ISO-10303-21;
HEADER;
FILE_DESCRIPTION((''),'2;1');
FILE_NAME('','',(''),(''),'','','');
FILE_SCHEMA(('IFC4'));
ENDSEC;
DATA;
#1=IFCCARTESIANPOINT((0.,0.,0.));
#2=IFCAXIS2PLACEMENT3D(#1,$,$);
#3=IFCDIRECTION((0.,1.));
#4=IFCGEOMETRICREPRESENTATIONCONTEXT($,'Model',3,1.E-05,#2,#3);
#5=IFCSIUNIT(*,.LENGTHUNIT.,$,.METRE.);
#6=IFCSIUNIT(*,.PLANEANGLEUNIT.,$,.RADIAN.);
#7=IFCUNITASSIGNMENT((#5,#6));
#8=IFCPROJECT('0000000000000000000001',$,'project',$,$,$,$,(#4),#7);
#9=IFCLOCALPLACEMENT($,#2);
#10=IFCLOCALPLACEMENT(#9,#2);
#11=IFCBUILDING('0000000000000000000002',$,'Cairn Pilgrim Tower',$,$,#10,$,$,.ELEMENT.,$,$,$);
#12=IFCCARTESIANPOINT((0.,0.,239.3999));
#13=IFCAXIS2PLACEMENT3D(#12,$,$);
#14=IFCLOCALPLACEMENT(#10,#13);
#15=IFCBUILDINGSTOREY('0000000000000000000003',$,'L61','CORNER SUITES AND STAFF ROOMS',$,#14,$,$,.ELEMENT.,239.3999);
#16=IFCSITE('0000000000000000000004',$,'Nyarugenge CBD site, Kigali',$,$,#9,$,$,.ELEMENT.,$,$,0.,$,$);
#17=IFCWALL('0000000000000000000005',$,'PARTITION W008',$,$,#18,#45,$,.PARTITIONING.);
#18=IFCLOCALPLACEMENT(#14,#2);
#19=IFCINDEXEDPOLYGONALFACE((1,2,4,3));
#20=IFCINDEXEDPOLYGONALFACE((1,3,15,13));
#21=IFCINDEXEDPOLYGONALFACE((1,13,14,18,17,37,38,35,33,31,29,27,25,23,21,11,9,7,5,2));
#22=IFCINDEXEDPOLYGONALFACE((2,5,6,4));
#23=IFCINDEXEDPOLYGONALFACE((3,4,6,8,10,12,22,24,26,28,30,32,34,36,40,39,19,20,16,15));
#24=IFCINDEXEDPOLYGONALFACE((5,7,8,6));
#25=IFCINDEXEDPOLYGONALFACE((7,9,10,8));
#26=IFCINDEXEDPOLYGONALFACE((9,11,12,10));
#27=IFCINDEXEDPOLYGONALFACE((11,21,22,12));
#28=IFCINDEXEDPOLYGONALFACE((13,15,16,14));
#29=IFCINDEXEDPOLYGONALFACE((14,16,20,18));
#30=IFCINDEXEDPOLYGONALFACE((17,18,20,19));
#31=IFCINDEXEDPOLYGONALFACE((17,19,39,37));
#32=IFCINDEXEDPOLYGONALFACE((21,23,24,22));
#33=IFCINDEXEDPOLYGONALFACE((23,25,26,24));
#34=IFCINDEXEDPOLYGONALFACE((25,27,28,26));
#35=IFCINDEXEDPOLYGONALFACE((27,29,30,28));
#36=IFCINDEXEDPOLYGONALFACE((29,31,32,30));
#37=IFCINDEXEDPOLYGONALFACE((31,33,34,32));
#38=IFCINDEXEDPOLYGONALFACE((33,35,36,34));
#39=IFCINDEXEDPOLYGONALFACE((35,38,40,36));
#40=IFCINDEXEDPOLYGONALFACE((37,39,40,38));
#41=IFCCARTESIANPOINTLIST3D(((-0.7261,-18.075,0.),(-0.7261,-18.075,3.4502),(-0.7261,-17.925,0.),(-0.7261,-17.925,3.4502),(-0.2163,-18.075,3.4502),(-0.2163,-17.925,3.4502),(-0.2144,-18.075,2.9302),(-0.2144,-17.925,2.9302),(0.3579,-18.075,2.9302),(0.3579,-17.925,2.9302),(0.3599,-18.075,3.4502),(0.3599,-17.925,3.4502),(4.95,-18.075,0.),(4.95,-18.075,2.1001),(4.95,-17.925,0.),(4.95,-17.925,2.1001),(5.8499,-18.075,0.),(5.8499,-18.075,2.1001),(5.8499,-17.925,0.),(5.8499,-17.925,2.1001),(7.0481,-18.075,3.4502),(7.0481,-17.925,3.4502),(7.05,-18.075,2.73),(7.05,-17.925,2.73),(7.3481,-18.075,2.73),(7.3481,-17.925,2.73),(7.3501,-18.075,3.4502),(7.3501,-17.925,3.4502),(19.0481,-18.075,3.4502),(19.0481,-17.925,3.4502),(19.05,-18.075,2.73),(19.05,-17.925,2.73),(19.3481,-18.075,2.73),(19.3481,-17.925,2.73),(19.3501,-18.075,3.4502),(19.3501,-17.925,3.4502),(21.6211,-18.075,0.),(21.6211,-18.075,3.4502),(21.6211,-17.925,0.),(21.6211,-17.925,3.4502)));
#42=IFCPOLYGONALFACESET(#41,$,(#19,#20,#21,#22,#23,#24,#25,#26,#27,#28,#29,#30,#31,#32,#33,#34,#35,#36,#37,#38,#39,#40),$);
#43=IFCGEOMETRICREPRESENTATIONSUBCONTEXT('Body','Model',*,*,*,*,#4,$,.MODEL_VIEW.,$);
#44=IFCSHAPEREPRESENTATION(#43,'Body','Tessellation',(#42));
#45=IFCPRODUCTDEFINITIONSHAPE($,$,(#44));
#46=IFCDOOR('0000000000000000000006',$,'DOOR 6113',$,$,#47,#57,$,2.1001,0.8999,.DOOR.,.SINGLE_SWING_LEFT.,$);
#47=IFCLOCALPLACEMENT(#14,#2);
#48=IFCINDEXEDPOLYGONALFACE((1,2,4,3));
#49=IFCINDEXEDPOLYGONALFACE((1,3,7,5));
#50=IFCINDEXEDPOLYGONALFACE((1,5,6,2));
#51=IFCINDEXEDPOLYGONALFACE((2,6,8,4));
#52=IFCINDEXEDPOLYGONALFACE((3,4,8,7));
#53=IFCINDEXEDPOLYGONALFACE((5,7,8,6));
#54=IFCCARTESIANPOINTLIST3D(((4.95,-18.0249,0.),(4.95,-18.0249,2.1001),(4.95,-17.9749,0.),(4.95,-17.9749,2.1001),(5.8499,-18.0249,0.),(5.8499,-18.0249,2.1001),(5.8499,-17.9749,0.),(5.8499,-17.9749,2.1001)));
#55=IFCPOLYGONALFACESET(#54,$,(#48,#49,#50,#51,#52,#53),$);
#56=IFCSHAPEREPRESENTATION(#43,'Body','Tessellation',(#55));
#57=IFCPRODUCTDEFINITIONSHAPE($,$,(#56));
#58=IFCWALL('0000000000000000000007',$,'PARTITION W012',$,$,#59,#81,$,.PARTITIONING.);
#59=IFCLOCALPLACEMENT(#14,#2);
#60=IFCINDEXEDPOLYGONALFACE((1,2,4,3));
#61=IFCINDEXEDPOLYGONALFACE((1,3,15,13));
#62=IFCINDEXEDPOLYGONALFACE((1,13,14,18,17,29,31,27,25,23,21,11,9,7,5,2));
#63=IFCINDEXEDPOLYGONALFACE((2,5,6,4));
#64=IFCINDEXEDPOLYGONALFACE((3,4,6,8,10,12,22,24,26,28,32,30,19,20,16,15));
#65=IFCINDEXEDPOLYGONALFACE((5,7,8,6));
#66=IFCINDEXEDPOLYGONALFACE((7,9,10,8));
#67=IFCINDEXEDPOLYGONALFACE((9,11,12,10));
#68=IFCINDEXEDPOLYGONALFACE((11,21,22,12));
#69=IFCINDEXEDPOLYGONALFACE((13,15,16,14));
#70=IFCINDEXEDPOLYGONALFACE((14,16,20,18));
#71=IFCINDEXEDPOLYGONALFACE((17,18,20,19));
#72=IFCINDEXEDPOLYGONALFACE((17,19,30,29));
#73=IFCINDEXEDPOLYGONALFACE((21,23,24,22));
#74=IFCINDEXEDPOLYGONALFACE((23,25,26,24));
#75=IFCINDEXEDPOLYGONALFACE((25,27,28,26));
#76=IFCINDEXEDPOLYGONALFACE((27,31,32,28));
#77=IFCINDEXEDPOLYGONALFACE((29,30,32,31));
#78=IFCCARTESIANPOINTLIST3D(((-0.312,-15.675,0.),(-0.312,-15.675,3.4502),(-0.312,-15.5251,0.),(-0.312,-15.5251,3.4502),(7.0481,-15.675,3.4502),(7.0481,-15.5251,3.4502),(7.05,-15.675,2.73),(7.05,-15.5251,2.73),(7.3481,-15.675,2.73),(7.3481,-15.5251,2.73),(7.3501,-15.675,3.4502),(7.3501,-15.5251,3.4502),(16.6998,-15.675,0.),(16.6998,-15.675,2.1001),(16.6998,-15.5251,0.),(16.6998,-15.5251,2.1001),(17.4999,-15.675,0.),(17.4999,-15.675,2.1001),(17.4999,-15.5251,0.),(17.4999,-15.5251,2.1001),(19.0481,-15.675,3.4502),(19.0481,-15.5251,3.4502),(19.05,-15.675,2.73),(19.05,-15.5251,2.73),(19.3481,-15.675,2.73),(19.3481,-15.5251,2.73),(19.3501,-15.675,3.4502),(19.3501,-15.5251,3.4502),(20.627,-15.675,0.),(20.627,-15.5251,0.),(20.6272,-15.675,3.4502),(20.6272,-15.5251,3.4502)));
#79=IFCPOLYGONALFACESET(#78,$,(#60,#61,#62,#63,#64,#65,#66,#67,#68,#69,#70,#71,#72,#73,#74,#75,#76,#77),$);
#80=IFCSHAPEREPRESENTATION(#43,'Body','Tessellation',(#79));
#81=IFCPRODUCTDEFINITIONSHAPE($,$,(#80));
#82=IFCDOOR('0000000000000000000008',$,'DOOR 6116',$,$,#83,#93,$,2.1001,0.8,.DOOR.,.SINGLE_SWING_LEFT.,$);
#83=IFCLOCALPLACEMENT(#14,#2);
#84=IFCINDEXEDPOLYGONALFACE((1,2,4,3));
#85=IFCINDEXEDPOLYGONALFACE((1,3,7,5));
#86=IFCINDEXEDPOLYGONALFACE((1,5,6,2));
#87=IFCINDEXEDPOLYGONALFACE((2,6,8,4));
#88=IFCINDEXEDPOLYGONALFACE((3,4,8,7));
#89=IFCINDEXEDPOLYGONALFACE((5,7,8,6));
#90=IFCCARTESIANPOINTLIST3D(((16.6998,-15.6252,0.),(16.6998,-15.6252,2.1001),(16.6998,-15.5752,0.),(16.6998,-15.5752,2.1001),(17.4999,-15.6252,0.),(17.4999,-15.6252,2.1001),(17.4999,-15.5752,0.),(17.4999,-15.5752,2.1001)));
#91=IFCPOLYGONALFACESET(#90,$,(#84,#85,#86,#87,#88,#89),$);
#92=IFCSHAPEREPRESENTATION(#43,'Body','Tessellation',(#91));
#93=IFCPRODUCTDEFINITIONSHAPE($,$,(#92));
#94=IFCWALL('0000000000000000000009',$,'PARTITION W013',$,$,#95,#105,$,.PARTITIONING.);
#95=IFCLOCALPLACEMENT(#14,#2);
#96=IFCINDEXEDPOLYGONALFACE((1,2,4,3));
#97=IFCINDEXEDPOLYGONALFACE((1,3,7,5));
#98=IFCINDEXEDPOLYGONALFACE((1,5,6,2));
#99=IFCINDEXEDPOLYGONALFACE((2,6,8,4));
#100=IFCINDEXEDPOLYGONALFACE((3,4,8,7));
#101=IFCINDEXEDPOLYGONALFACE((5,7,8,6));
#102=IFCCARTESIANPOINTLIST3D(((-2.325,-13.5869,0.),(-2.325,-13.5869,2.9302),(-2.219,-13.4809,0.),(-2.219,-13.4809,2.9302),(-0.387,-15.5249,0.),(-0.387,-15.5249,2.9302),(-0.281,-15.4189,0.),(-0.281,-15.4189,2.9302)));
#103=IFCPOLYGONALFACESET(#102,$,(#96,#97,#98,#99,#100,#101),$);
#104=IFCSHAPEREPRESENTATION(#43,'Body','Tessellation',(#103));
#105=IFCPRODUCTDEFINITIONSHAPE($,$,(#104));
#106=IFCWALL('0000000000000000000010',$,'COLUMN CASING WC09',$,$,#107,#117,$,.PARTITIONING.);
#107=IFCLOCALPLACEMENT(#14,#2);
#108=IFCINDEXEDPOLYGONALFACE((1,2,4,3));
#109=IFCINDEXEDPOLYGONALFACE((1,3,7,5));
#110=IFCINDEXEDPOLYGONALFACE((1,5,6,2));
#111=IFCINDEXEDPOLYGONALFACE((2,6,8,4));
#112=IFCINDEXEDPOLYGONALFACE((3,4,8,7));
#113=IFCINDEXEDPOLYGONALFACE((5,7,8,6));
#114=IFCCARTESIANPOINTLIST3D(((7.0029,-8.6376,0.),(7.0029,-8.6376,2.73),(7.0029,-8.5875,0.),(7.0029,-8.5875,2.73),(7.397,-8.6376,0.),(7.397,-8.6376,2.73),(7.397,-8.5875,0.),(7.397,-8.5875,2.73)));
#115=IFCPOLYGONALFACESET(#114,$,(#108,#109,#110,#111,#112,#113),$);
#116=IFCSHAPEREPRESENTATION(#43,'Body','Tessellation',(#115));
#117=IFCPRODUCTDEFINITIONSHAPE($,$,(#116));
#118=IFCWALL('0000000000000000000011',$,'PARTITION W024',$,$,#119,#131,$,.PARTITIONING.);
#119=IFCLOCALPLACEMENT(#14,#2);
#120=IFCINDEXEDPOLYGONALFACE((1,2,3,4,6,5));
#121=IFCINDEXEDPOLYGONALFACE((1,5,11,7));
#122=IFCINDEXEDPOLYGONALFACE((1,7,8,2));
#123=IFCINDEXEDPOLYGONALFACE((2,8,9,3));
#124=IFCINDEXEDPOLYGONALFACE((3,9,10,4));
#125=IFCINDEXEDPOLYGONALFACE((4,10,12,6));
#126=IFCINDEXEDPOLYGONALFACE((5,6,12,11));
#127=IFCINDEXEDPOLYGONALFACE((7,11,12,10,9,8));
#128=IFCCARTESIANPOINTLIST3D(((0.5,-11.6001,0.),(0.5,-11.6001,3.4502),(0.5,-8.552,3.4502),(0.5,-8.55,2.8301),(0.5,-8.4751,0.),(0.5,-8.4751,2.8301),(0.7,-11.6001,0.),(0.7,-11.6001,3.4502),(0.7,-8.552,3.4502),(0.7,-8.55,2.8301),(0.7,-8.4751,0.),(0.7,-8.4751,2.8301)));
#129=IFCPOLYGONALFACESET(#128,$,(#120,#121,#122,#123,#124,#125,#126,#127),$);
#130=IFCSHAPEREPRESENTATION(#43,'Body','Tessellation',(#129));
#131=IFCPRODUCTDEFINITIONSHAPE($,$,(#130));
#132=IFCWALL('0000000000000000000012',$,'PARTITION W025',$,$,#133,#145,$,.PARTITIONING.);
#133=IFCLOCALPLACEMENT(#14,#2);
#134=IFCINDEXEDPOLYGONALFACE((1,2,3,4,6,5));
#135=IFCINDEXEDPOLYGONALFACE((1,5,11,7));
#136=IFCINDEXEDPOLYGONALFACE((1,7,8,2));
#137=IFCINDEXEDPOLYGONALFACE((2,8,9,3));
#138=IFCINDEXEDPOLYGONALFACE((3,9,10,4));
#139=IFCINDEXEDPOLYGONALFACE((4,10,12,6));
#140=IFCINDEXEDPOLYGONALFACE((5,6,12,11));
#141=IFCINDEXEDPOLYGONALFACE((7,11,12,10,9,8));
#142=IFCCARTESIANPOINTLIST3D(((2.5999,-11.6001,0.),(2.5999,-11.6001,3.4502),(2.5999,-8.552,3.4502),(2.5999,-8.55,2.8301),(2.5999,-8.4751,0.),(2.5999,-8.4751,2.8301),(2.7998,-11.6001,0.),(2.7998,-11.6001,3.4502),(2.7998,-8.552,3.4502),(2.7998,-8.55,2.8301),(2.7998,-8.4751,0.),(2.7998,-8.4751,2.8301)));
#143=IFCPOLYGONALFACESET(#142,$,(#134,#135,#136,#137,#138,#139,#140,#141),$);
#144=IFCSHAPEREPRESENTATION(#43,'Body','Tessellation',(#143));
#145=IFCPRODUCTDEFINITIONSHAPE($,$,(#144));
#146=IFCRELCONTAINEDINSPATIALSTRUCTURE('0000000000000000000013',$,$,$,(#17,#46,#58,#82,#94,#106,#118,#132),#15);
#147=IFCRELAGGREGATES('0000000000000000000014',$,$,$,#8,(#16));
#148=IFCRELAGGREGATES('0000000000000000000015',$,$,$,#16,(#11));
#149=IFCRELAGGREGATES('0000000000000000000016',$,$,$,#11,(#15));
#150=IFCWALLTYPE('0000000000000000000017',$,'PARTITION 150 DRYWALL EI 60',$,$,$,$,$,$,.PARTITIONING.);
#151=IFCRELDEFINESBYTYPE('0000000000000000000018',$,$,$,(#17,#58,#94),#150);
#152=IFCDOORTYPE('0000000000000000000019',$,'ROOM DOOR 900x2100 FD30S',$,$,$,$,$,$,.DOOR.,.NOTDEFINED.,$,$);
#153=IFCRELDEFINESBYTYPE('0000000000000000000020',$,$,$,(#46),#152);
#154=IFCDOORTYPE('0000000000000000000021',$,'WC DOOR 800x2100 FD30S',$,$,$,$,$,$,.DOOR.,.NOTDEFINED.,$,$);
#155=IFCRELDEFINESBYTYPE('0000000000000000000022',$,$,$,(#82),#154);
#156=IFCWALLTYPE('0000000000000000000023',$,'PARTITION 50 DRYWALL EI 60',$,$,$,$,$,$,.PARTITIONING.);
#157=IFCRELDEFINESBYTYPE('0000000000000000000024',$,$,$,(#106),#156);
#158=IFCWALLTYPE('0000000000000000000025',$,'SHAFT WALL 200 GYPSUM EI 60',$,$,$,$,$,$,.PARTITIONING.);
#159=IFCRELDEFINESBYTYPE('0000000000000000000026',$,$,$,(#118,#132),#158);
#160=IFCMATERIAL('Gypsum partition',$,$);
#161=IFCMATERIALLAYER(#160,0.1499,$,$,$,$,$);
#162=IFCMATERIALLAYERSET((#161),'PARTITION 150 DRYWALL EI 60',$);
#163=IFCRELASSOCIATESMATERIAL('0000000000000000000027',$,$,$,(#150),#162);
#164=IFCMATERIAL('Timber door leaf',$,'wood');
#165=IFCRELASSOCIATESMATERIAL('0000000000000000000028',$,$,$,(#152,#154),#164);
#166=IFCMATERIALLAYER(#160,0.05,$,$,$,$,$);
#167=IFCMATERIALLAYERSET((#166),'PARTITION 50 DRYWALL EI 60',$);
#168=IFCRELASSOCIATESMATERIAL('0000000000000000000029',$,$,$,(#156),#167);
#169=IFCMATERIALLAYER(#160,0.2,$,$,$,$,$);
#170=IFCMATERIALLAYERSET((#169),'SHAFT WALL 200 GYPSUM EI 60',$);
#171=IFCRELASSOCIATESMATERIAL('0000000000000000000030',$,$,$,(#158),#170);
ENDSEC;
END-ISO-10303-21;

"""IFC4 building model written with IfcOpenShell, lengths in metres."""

from ifc_helpers import new_model, si_unit, direction, frame, frame_2d, origin, place, context, subcontext, project, spatial, polyline, rectangle, outline, extrude, material, layer, layer_set, type_object, element, fill, save


model = new_model("IFC4")

# Units and contexts
model_context = context("Model", 3, precision=1e-05, world=origin(), true_north=direction((0.0, 1.0)))
body_context = subcontext(model_context, "Body", "Model", "MODEL_VIEW")
ifc_project = project(units=[si_unit("LENGTHUNIT", "METRE"), si_unit("PLANEANGLEUNIT", "RADIAN")], contexts=[model_context])

# Site, building, storey
site_placement = place(None, origin())
site = spatial("IfcSite", under=ifc_project, at=site_placement, Name="Nyarugenge CBD site, Kigali", CompositionType="ELEMENT", RefElevation=0.0)
building_placement = place(site_placement, origin())
building = spatial("IfcBuilding", under=site, at=building_placement, Name="Cairn Pilgrim Tower", CompositionType="ELEMENT")
storey_placement = place(building_placement, frame((0.0, 0.0, 239.3999)))
storey = spatial("IfcBuildingStorey", under=building, at=storey_placement, Name="L61", Description="CORNER SUITES AND STAFF ROOMS", CompositionType="ELEMENT", Elevation=239.3999)

# Walls, openings, doors
ifc_material_1 = material(Name="Gypsum partition")
ifc_material_2 = material(Name="Timber door leaf", Category="wood")
ifc_layer_1 = layer(ifc_material_1, 0.1499)
ifc_layer_set_1 = layer_set([ifc_layer_1], Name="PARTITION 150 DRYWALL EI 60")
wall_type_1 = type_object("IfcWallType", Name="PARTITION 150 DRYWALL EI 60", PredefinedType="PARTITIONING", material=ifc_layer_set_1)
wall_1_placement = place(storey_placement, frame((-0.7261, -18.0, 0.0), z_axis=(0.0, 0.0, 1.0), x_axis=(1.0, 0.0, 0.0)))
wall_1 = element("IfcWall", 1, at=wall_1_placement, inside=storey, type_object=wall_type_1, Name="PARTITION W008", PredefinedType="PARTITIONING", context=body_context, shape_type="SweptSolid", body=[
    extrude(outline(polyline([(0.0, 0.0), (22.3472, 0.0), (22.3472, 3.4502), (20.0762, 3.4502), (20.0742, 2.73), (19.7761, 2.73), (19.7742, 3.4502), (8.0762, 3.4502), (8.0742, 2.73), (7.7761, 2.73), (7.7742, 3.4502), (1.0859, 3.4502), (1.084, 2.9302), (0.5117, 2.9302), (0.5098, 3.4502), (0.0, 3.4502), (0.0, 0.0)])), frame((0.0, 0.075, 0.0), z_axis=(0.0, -1.0, 0.0), x_axis=(1.0, 0.0, 0.0)), (0.0, 0.0, 1.0), 0.1499),
])
opening_1_placement = place(wall_1_placement, frame((5.676, 0.0, 0.0)))
opening_1 = element("IfcOpeningElement", 2, at=opening_1_placement, cuts=wall_1, PredefinedType="OPENING", context=body_context, shape_type="SweptSolid", body=[
    extrude(rectangle(XDim=0.8999, YDim=2.1001, at=frame_2d((0.45, 1.05))), frame((0.0, 0.085, 0.0), z_axis=(0.0, -1.0, 0.0), x_axis=(1.0, 0.0, 0.0)), (0.0, 0.0, 1.0), 0.1699),
])
door_type_1 = type_object("IfcDoorType", Name="ROOM DOOR 900x2100 FD30S", OperationType="NOTDEFINED", PredefinedType="DOOR", material=ifc_material_2)
door_1_placement = place(opening_1_placement, frame((0.8999, 0.0, 0.0), z_axis=(0.0, 0.0, 1.0), x_axis=(-1.0, 0.0, 0.0)))
door_1 = element("IfcDoor", 3, at=door_1_placement, inside=storey, type_object=door_type_1, Name="DOOR 6113", OperationType="SINGLE_SWING_LEFT", OverallHeight=2.1001, OverallWidth=0.8999, PredefinedType="DOOR", context=body_context, shape_type="SweptSolid", body=[
    extrude(rectangle(XDim=0.8999, YDim=2.1001, at=frame_2d((0.45, 1.05))), frame((0.0, 0.0249, 0.0), z_axis=(0.0, -1.0, 0.0), x_axis=(1.0, 0.0, 0.0)), (0.0, 0.0, 1.0), 0.05),
])
fill(opening_1, door_1)
wall_2_placement = place(storey_placement, frame((-0.312, -15.6001, 0.0), z_axis=(0.0, 0.0, 1.0), x_axis=(1.0, 0.0, 0.0)))
wall_2 = element("IfcWall", 4, at=wall_2_placement, inside=storey, type_object=wall_type_1, Name="PARTITION W012", PredefinedType="PARTITIONING", context=body_context, shape_type="SweptSolid", body=[
    extrude(outline(polyline([(0.0, 0.0), (20.939, 0.0), (20.9392, 3.4502), (19.6621, 3.4502), (19.6602, 2.73), (19.3621, 2.73), (19.3601, 3.4502), (7.6621, 3.4502), (7.6602, 2.73), (7.3621, 2.73), (7.3601, 3.4502), (0.0, 3.4502), (0.0, 0.0)])), frame((0.0, 0.075, 0.0), z_axis=(0.0, -1.0, 0.0), x_axis=(1.0, 0.0, 0.0)), (0.0, 0.0, 1.0), 0.1499),
])
opening_2_placement = place(wall_2_placement, frame((17.012, 0.0, 0.0)))
opening_2 = element("IfcOpeningElement", 5, at=opening_2_placement, cuts=wall_2, PredefinedType="OPENING", context=body_context, shape_type="SweptSolid", body=[
    extrude(rectangle(XDim=0.8, YDim=2.1001, at=frame_2d((0.3999, 1.05))), frame((0.0, 0.085, 0.0), z_axis=(0.0, -1.0, 0.0), x_axis=(1.0, 0.0, 0.0)), (0.0, 0.0, 1.0), 0.1699),
])
door_type_2 = type_object("IfcDoorType", Name="WC DOOR 800x2100 FD30S", OperationType="NOTDEFINED", PredefinedType="DOOR", material=ifc_material_2)
door_2_placement = place(opening_2_placement, origin())
door_2 = element("IfcDoor", 6, at=door_2_placement, inside=storey, type_object=door_type_2, Name="DOOR 6116", OperationType="SINGLE_SWING_LEFT", OverallHeight=2.1001, OverallWidth=0.8, PredefinedType="DOOR", context=body_context, shape_type="SweptSolid", body=[
    extrude(rectangle(XDim=0.8, YDim=2.1001, at=frame_2d((0.3999, 1.05))), frame((0.0, 0.0249, 0.0), z_axis=(0.0, -1.0, 0.0), x_axis=(1.0, 0.0, 0.0)), (0.0, 0.0, 1.0), 0.05),
])
fill(opening_2, door_2)

# Walls
wall_3_placement = place(storey_placement, frame((-0.334, -15.4719, 0.0), z_axis=(0.0, 0.0, 1.0), x_axis=(-0.707107, 0.707107, 0.0)))
element("IfcWall", 7, at=wall_3_placement, inside=storey, type_object=wall_type_1, Name="PARTITION W013", PredefinedType="PARTITIONING", context=body_context, shape_type="SweptSolid", body=[
    extrude(rectangle(XDim=2.7407, YDim=0.1499, at=frame_2d((1.3704, 0.0))), origin(), (0.0, 0.0, 1.0), 2.9302),
])
ifc_layer_2 = layer(ifc_material_1, 0.05)
ifc_layer_set_2 = layer_set([ifc_layer_2], Name="PARTITION 50 DRYWALL EI 60")
wall_type_2 = type_object("IfcWallType", Name="PARTITION 50 DRYWALL EI 60", PredefinedType="PARTITIONING", material=ifc_layer_set_2)
wall_4_placement = place(storey_placement, frame((7.0029, -8.6125, 0.0), z_axis=(0.0, 0.0, 1.0), x_axis=(1.0, 0.0, 0.0)))
element("IfcWall", 8, at=wall_4_placement, inside=storey, type_object=wall_type_2, Name="COLUMN CASING WC09", PredefinedType="PARTITIONING", context=body_context, shape_type="SweptSolid", body=[
    extrude(rectangle(XDim=0.394, YDim=0.05, at=frame_2d((0.197, 0.0))), origin(), (0.0, 0.0, 1.0), 2.73),
])
ifc_layer_3 = layer(ifc_material_1, 0.2)
ifc_layer_set_3 = layer_set([ifc_layer_3], Name="SHAFT WALL 200 GYPSUM EI 60")
wall_type_3 = type_object("IfcWallType", Name="SHAFT WALL 200 GYPSUM EI 60", PredefinedType="PARTITIONING", material=ifc_layer_set_3)
for number, where, z_axis, x_axis, name in (
    (9, (0.6001, -11.6001, 0.0), (0.0, 0.0, 1.0), (0.0, 1.0, 0.0), "PARTITION W024"),
    (10, (2.7, -11.6001, 0.0), (0.0, 0.0, 1.0), (0.0, 1.0, 0.0), "PARTITION W025"),
):
    element("IfcWall", number, at=place(storey_placement, frame(where, z_axis=z_axis, x_axis=x_axis)), inside=storey, type_object=wall_type_3, Name=name, PredefinedType="PARTITIONING", context=body_context, shape_type="SweptSolid", body=[
        extrude(outline(polyline([(0.0, 0.0), (3.125, 0.0), (3.125, 2.8301), (3.05, 2.8301), (3.0481, 3.4502), (0.0, 3.4502), (0.0, 0.0)])), frame((0.0, 0.1001, 0.0), z_axis=(0.0, -1.0, 0.0), x_axis=(1.0, 0.0, 0.0)), (0.0, 0.0, 1.0), 0.2),
    ])

save(model, "model.ifc")
